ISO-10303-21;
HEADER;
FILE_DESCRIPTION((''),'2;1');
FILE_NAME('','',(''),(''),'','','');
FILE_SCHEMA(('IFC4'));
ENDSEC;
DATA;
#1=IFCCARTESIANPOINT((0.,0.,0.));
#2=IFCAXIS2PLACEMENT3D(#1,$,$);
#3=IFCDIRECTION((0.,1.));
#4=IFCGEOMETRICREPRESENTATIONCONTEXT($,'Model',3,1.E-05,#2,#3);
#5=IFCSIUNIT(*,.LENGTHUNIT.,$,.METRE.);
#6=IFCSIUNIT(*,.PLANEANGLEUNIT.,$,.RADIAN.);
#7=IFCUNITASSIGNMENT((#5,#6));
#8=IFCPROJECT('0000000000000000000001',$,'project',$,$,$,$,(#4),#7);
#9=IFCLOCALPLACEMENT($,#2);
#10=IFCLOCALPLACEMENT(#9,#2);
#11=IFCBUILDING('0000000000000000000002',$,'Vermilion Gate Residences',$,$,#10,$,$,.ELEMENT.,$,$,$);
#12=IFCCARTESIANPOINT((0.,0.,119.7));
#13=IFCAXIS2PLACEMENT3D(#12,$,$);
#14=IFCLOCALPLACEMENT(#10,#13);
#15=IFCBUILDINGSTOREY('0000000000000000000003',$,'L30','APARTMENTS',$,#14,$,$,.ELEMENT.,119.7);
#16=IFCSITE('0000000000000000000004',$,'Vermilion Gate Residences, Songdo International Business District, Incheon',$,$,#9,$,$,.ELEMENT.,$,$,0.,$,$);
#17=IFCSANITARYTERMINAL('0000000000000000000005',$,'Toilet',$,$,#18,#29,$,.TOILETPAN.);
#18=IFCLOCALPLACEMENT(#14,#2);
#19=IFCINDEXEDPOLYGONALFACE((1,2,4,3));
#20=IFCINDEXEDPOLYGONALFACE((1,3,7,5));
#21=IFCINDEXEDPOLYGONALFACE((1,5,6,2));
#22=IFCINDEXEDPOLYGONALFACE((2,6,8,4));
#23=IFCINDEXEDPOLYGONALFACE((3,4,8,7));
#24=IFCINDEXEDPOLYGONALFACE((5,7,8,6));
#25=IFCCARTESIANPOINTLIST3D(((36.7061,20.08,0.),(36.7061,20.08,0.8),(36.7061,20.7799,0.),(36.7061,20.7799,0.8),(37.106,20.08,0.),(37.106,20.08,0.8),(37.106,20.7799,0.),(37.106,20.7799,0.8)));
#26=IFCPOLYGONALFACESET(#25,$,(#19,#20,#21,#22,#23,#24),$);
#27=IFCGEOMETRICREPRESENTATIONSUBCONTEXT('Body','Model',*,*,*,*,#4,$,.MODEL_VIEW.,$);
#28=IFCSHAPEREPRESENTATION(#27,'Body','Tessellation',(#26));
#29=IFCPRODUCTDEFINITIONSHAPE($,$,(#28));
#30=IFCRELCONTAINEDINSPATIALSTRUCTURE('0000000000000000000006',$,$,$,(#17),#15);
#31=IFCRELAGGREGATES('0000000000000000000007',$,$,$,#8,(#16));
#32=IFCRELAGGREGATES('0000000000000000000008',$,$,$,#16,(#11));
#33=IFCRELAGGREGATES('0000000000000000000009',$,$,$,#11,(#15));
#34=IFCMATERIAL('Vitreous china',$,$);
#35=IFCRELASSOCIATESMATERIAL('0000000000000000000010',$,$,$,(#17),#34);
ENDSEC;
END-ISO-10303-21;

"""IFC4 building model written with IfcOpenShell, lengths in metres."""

from ifc_helpers import new_model, si_unit, direction, frame, origin, origin_2d, place, context, subcontext, project, spatial, rectangle, extrude, material, element, save


model = new_model("IFC4")

# Units and contexts
model_context = context("Model", 3, precision=1e-05, world=origin(), true_north=direction((0.0, 1.0)))
body_context = subcontext(model_context, "Body", "Model", "MODEL_VIEW")
ifc_project = project(units=[si_unit("LENGTHUNIT", "METRE"), si_unit("PLANEANGLEUNIT", "RADIAN")], contexts=[model_context])

# Site, building, storey
site_placement = place(None, origin())
site = spatial("IfcSite", under=ifc_project, at=site_placement, Name="Vermilion Gate Residences, Songdo International Business District, Incheon", CompositionType="ELEMENT", RefElevation=0.0)
building_placement = place(site_placement, origin())
building = spatial("IfcBuilding", under=site, at=building_placement, Name="Vermilion Gate Residences", CompositionType="ELEMENT")
storey_placement = place(building_placement, frame((0.0, 0.0, 119.7)))
storey = spatial("IfcBuildingStorey", under=building, at=storey_placement, Name="L30", Description="APARTMENTS", CompositionType="ELEMENT", Elevation=119.7)

# Sanitary terminal
ifc_material_1 = material(Name="Vitreous china")
sanitary_terminal_placement = place(storey_placement, frame((36.906, 20.4299, 0.0), z_axis=(0.0, 0.0, 1.0), x_axis=(1.0, 0.0, 0.0)))
element("IfcSanitaryTerminal", 1, at=sanitary_terminal_placement, inside=storey, material=ifc_material_1, Name="Toilet", PredefinedType="TOILETPAN", context=body_context, shape_type="SweptSolid", body=[
    extrude(rectangle(XDim=0.3999, YDim=0.7, at=origin_2d()), origin(), (0.0, 0.0, 1.0), 0.8),
])

save(model, "model.ifc")
